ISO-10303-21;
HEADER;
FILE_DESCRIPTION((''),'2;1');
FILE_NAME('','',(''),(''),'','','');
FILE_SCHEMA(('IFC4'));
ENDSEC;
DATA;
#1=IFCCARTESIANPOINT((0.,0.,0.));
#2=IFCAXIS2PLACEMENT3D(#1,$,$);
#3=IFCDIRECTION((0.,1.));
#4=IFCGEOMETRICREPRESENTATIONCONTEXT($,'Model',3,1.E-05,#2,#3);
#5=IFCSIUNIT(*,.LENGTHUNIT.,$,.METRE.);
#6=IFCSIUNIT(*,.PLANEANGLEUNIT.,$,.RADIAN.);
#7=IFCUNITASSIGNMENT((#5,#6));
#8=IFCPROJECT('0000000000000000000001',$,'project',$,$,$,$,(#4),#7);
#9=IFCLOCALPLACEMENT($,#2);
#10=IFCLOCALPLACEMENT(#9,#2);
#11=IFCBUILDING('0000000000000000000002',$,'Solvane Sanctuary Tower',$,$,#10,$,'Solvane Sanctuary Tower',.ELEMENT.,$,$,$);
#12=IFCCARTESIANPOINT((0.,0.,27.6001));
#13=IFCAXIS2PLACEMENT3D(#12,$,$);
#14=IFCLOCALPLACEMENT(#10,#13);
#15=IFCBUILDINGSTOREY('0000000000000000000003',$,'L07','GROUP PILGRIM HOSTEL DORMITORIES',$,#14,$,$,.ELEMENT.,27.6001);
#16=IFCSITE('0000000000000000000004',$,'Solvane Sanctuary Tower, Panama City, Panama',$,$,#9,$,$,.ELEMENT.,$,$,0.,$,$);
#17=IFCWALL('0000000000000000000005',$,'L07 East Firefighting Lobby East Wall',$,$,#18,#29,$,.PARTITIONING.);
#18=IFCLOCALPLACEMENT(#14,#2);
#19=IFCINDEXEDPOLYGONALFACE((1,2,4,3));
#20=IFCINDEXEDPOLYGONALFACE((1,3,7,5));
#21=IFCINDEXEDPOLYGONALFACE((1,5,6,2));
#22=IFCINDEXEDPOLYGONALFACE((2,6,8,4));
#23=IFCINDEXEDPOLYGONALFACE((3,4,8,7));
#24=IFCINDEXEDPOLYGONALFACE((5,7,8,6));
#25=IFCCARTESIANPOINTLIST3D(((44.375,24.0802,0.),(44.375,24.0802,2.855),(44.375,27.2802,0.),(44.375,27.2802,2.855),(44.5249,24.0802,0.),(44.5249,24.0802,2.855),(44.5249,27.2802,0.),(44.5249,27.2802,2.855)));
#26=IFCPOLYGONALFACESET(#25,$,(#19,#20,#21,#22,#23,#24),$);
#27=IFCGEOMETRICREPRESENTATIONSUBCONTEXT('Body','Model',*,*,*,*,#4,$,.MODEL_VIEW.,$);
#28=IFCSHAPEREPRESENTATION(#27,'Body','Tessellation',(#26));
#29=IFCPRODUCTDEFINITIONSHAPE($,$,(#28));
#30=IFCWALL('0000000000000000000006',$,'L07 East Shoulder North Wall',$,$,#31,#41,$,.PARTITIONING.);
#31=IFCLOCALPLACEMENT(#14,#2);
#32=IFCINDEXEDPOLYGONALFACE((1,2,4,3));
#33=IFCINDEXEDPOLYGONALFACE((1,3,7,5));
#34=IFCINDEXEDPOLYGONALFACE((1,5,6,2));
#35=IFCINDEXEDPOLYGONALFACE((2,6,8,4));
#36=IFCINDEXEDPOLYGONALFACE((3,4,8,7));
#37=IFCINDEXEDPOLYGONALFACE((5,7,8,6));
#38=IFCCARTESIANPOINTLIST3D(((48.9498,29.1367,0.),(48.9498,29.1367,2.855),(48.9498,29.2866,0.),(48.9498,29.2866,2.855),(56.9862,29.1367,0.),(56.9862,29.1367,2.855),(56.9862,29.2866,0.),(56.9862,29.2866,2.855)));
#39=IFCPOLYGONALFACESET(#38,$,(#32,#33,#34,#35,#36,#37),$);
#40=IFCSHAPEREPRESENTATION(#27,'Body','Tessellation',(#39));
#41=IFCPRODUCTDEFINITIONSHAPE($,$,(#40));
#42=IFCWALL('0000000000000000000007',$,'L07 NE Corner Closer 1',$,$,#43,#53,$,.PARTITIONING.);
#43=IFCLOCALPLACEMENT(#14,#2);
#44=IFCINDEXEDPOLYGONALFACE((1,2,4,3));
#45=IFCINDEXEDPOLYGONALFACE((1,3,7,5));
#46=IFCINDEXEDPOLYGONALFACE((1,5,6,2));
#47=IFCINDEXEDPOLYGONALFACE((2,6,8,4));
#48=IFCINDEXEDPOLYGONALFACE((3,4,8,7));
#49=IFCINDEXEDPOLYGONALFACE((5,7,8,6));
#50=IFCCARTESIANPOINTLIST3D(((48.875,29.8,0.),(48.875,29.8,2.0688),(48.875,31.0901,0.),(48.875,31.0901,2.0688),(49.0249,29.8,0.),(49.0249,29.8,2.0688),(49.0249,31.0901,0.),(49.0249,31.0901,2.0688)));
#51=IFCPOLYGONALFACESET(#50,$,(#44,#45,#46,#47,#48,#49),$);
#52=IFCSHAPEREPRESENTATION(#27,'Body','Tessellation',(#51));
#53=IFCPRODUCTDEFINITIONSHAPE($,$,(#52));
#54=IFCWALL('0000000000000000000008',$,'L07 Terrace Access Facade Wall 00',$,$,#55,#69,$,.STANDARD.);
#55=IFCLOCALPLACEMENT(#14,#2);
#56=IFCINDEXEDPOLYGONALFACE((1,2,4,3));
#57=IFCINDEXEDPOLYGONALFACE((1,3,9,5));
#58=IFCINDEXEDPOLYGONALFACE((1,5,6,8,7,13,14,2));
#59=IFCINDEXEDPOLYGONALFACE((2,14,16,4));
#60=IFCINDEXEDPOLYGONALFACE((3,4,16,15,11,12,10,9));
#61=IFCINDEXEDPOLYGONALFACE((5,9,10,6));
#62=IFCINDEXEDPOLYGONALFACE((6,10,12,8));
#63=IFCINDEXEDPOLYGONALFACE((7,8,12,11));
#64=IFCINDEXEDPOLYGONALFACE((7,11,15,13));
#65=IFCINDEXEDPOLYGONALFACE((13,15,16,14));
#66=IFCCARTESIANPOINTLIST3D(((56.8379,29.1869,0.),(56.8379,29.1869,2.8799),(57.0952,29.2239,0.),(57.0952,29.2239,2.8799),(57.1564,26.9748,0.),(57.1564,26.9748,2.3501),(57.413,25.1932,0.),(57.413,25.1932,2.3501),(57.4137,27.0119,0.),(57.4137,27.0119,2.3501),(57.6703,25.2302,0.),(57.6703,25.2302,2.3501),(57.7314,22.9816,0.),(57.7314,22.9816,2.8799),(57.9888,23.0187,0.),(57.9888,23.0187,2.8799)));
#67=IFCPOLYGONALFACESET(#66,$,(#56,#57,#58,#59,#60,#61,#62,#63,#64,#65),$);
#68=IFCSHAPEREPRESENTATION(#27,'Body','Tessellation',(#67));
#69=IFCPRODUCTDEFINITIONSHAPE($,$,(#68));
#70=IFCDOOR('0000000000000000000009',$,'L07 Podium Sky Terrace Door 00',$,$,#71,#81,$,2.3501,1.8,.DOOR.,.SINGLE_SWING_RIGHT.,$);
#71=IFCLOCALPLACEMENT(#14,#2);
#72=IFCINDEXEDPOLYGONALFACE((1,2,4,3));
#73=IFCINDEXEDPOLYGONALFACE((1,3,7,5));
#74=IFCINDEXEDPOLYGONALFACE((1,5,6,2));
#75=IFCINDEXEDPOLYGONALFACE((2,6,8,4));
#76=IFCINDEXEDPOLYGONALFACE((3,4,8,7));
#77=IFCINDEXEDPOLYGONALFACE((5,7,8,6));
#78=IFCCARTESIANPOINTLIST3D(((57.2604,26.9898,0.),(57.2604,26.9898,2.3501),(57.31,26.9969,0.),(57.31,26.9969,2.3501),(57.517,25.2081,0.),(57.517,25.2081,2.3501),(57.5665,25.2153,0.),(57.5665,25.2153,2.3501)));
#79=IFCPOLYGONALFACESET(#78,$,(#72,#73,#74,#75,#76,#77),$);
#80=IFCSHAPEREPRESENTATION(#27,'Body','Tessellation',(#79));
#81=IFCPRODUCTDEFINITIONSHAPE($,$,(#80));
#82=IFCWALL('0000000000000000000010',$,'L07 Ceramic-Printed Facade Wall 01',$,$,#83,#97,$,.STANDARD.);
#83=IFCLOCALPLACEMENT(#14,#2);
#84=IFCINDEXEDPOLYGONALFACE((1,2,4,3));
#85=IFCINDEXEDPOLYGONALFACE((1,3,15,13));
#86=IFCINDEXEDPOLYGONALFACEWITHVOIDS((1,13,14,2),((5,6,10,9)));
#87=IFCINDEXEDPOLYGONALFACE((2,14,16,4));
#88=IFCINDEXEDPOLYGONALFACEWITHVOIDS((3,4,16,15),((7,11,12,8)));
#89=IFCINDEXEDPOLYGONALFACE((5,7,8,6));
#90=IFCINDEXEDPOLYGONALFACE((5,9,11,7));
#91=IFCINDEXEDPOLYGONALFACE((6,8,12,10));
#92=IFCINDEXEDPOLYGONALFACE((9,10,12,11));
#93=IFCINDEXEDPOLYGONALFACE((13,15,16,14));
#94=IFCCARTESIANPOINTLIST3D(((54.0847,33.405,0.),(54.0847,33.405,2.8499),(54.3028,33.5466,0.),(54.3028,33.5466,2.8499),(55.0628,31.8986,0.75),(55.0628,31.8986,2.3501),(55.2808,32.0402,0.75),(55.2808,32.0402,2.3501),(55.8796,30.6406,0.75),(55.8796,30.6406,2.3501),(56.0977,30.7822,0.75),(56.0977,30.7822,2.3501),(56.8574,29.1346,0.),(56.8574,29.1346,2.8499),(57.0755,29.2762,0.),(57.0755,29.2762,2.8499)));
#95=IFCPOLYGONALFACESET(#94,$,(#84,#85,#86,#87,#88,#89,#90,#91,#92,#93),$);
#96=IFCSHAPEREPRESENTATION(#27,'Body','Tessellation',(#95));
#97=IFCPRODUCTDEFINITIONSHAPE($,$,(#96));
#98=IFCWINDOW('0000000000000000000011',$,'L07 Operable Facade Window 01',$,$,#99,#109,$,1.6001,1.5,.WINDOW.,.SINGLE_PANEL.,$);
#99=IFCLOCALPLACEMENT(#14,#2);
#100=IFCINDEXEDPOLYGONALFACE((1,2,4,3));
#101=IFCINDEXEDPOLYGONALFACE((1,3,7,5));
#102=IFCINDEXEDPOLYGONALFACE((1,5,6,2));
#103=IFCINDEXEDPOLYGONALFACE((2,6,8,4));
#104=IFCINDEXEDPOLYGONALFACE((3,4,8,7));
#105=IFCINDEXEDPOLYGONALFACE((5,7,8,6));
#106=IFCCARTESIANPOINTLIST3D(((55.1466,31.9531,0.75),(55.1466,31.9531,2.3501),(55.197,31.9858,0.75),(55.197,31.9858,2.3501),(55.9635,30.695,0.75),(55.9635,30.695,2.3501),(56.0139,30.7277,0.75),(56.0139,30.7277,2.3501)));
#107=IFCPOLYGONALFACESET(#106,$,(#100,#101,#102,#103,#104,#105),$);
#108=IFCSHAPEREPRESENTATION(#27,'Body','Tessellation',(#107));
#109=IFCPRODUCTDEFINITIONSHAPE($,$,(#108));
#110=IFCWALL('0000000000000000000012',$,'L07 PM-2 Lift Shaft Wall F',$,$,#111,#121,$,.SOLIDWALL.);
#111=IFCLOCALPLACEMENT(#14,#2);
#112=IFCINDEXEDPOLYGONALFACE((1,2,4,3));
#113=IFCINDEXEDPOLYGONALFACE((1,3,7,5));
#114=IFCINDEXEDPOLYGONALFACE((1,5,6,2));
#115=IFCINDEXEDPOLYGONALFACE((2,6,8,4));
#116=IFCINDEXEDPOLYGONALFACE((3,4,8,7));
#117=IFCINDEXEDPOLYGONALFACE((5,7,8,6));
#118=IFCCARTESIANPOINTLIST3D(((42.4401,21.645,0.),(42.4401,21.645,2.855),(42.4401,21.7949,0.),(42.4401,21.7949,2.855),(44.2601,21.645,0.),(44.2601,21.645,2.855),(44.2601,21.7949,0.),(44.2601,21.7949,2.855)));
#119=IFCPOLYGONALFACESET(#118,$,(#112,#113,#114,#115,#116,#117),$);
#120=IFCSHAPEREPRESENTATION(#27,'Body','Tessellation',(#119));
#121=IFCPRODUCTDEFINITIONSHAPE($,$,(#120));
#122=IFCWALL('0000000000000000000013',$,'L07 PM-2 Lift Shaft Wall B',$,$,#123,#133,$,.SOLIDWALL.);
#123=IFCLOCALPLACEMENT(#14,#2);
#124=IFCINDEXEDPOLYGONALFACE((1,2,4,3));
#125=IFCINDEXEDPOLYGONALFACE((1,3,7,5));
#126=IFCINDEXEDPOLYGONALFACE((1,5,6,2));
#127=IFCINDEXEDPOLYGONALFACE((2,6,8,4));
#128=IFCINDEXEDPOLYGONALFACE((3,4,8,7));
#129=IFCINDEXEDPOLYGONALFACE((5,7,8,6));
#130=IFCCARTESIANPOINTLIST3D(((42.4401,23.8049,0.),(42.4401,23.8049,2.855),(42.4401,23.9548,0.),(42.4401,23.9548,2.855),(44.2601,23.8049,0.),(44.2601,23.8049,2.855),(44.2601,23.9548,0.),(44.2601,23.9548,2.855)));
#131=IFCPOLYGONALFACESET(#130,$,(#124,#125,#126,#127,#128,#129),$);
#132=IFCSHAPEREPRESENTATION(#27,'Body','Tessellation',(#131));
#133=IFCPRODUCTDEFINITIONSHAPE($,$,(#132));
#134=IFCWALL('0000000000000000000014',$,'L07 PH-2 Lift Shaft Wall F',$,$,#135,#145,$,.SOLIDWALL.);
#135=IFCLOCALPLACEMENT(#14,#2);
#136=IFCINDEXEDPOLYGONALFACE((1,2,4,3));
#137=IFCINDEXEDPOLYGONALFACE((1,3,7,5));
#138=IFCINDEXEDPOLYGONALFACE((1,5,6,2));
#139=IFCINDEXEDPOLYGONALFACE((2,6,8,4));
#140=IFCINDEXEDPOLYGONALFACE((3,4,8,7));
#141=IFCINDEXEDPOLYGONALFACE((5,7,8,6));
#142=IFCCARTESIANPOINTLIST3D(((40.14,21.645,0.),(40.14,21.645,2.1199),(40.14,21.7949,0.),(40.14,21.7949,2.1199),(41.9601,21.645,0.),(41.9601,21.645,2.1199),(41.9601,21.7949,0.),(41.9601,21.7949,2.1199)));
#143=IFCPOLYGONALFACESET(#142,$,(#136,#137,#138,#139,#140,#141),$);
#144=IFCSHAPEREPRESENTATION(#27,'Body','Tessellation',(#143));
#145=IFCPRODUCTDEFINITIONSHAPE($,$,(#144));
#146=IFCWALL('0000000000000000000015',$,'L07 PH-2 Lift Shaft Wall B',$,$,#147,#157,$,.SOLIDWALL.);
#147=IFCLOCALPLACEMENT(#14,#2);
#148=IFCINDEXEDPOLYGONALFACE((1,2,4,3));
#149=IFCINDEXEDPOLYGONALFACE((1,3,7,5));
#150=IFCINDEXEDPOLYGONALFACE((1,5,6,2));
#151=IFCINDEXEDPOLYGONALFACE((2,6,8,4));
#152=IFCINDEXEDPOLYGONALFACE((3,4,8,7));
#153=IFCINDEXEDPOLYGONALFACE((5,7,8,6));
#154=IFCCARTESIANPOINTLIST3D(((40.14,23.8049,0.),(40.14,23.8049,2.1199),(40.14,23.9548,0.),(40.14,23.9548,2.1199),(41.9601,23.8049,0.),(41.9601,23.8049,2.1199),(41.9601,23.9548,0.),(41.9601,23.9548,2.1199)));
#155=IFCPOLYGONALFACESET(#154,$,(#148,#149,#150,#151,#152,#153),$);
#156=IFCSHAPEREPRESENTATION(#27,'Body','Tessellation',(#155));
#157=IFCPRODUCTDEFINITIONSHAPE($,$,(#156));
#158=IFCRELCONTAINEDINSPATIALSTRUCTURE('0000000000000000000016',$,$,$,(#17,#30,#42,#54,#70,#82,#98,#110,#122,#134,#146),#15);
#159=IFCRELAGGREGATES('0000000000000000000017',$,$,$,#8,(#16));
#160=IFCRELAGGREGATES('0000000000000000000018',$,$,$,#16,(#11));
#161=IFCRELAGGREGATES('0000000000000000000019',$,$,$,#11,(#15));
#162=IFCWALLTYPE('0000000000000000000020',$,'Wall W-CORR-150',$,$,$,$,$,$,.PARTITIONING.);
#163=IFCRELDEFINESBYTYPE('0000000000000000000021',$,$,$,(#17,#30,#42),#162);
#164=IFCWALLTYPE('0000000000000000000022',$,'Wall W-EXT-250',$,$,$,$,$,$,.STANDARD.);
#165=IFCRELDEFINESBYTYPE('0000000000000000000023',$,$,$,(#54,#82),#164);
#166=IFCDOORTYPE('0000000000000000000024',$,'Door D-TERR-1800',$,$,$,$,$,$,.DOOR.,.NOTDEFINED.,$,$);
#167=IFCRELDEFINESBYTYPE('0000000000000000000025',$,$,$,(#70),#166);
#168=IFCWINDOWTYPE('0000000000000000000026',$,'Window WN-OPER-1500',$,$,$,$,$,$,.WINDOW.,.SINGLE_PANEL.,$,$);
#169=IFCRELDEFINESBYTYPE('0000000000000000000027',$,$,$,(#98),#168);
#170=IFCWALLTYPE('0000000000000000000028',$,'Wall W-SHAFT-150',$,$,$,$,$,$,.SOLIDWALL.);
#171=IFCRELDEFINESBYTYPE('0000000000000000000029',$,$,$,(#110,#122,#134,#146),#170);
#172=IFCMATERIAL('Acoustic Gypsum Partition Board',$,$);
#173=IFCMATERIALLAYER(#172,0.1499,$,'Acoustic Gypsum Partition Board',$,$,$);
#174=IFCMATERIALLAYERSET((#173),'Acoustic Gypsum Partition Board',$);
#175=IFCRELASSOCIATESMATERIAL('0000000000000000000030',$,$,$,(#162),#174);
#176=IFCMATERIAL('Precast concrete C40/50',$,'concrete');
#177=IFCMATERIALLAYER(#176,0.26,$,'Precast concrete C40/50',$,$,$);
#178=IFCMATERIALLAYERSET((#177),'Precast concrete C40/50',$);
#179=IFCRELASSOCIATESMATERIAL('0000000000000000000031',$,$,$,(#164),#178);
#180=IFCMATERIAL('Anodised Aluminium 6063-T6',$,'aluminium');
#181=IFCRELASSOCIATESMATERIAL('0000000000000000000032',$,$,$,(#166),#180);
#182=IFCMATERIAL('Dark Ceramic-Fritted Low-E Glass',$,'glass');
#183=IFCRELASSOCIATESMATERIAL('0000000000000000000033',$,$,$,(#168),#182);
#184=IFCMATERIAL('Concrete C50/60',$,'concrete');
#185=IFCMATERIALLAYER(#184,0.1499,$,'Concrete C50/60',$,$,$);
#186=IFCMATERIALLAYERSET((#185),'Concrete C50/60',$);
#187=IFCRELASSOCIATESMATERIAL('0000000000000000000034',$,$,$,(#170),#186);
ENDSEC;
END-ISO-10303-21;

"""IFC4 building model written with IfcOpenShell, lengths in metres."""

from ifc_helpers import new_model, si_unit, direction, frame, frame_2d, origin, place, context, subcontext, project, spatial, rectangle, extrude, material, layer, layer_set, type_object, element, fill, save


model = new_model("IFC4")

# Units and contexts
model_context = context("Model", 3, precision=1e-05, world=origin(), true_north=direction((0.0, 1.0)))
body_context = subcontext(model_context, "Body", "Model", "MODEL_VIEW")
ifc_project = project(units=[si_unit("LENGTHUNIT", "METRE"), si_unit("PLANEANGLEUNIT", "RADIAN")], contexts=[model_context])

# Site, building, storey
site_placement = place(None, origin())
site = spatial("IfcSite", under=ifc_project, at=site_placement, Name="Solvane Sanctuary Tower, Panama City, Panama", CompositionType="ELEMENT", RefElevation=0.0)
building_placement = place(site_placement, origin())
building = spatial("IfcBuilding", under=site, at=building_placement, Name="Solvane Sanctuary Tower", LongName="Solvane Sanctuary Tower", CompositionType="ELEMENT")
storey_placement = place(building_placement, frame((0.0, 0.0, 27.6001)))
storey = spatial("IfcBuildingStorey", under=building, at=storey_placement, Name="L07", Description="GROUP PILGRIM HOSTEL DORMITORIES", CompositionType="ELEMENT", Elevation=27.6001)

# Walls
ifc_material_1 = material(Name="Acoustic Gypsum Partition Board")
ifc_layer_1 = layer(ifc_material_1, 0.1499, Name="Acoustic Gypsum Partition Board")
ifc_layer_set_1 = layer_set([ifc_layer_1], Name="Acoustic Gypsum Partition Board")
wall_type_1 = type_object("IfcWallType", Name="Wall W-CORR-150", PredefinedType="PARTITIONING", material=ifc_layer_set_1)
wall_1_placement = place(storey_placement, frame((44.45, 24.0801, 0.0), z_axis=(0.0, 0.0, 1.0), x_axis=(0.0, 1.0, 0.0)))
element("IfcWall", 1, at=wall_1_placement, inside=storey, type_object=wall_type_1, Name="L07 East Firefighting Lobby East Wall", PredefinedType="PARTITIONING", context=body_context, shape_type="SweptSolid", body=[
    extrude(rectangle(XDim=3.2, YDim=0.1499, at=frame_2d((1.6001, 0.0))), origin(), (0.0, 0.0, 1.0), 2.855),
])
wall_2_placement = place(storey_placement, frame((48.95, 29.2117, 0.0), z_axis=(0.0, 0.0, 1.0), x_axis=(1.0, 0.0, 0.0)))
element("IfcWall", 2, at=wall_2_placement, inside=storey, type_object=wall_type_1, Name="L07 East Shoulder North Wall", PredefinedType="PARTITIONING", context=body_context, shape_type="SweptSolid", body=[
    extrude(rectangle(XDim=8.0364, YDim=0.1499, at=frame_2d((4.0181, 0.0))), origin(), (0.0, 0.0, 1.0), 2.855),
])
wall_3_placement = place(storey_placement, frame((48.95, 29.8, 0.0), z_axis=(0.0, 0.0, 1.0), x_axis=(0.0, 1.0, 0.0)))
element("IfcWall", 3, at=wall_3_placement, inside=storey, type_object=wall_type_1, Name="L07 NE Corner Closer 1", PredefinedType="PARTITIONING", context=body_context, shape_type="SweptSolid", body=[
    extrude(rectangle(XDim=1.29, YDim=0.1499, at=frame_2d((0.645, 0.0))), origin(), (0.0, 0.0, 1.0), 2.0688),
])

# Wall, opening, door
ifc_material_2 = material(Name="Precast concrete C40/50", Category="concrete")
ifc_layer_2 = layer(ifc_material_2, 0.26, Name="Precast concrete C40/50")
ifc_layer_set_2 = layer_set([ifc_layer_2], Name="Precast concrete C40/50")
wall_type_2 = type_object("IfcWallType", Name="Wall W-EXT-250", PredefinedType="STANDARD", material=ifc_layer_set_2)
wall_4_placement = place(storey_placement, frame((57.8601, 23.0, 0.0), z_axis=(0.0, 0.0, 1.0), x_axis=(-0.142528, 0.989791, 0.0)))
wall_4 = element("IfcWall", 4, at=wall_4_placement, inside=storey, type_object=wall_type_2, Name="L07 Terrace Access Facade Wall 00", PredefinedType="STANDARD", context=body_context, shape_type="SweptSolid", body=[
    extrude(rectangle(XDim=6.2693, YDim=0.26, at=frame_2d((3.1348, 0.0))), origin(), (0.0, 0.0, 1.0), 2.8799),
])
opening_1_placement = place(wall_4_placement, frame((2.2346, 0.0, 0.0)))
opening_1 = element("IfcOpeningElement", 5, at=opening_1_placement, cuts=wall_4, PredefinedType="OPENING", context=body_context, shape_type="SweptSolid", body=[
    extrude(rectangle(XDim=1.8, YDim=2.3501, at=frame_2d((0.8999, 1.175))), frame((0.0, 0.1399, 0.0), z_axis=(0.0, -1.0, 0.0), x_axis=(1.0, 0.0, 0.0)), (0.0, 0.0, 1.0), 0.28),
])
ifc_material_3 = material(Name="Anodised Aluminium 6063-T6", Category="aluminium")
door_type_1 = type_object("IfcDoorType", Name="Door D-TERR-1800", OperationType="NOTDEFINED", PredefinedType="DOOR", material=ifc_material_3)
door_1_placement = place(opening_1_placement, origin())
door_1 = element("IfcDoor", 6, at=door_1_placement, inside=storey, type_object=door_type_1, Name="L07 Podium Sky Terrace Door 00", OperationType="SINGLE_SWING_RIGHT", OverallHeight=2.3501, OverallWidth=1.8, PredefinedType="DOOR", context=body_context, shape_type="SweptSolid", body=[
    extrude(rectangle(XDim=1.8, YDim=2.3501, at=frame_2d((0.8999, 1.175))), frame((0.0, 0.0249, 0.0), z_axis=(0.0, -1.0, 0.0), x_axis=(1.0, 0.0, 0.0)), (0.0, 0.0, 1.0), 0.05),
])
fill(opening_1, door_1)

# Wall, opening, window
wall_5_placement = place(storey_placement, frame((56.9666, 29.2053, 0.0), z_axis=(0.0, 0.0, 1.0), x_axis=(-0.544579, 0.83871, 0.0)))
wall_5 = element("IfcWall", 7, at=wall_5_placement, inside=storey, type_object=wall_type_2, Name="L07 Ceramic-Printed Facade Wall 01", PredefinedType="STANDARD", context=body_context, shape_type="SweptSolid", body=[
    extrude(rectangle(XDim=5.0916, YDim=0.26, at=frame_2d((2.5459, 0.0))), origin(), (0.0, 0.0, 1.0), 2.8499),
])
opening_2_placement = place(wall_5_placement, frame((1.7957, 0.0, 0.75)))
opening_2 = element("IfcOpeningElement", 8, at=opening_2_placement, cuts=wall_5, PredefinedType="OPENING", context=body_context, shape_type="SweptSolid", body=[
    extrude(rectangle(XDim=1.5, YDim=1.6001, at=frame_2d((0.75, 0.8))), frame((0.0, 0.1399, 0.0), z_axis=(0.0, -1.0, 0.0), x_axis=(1.0, 0.0, 0.0)), (0.0, 0.0, 1.0), 0.28),
])
ifc_material_4 = material(Name="Dark Ceramic-Fritted Low-E Glass", Category="glass")
window_type = type_object("IfcWindowType", Name="Window WN-OPER-1500", PartitioningType="SINGLE_PANEL", PredefinedType="WINDOW", material=ifc_material_4)
window_placement = place(opening_2_placement, origin())
window = element("IfcWindow", 9, at=window_placement, inside=storey, type_object=window_type, Name="L07 Operable Facade Window 01", OverallHeight=1.6001, OverallWidth=1.5, PartitioningType="SINGLE_PANEL", PredefinedType="WINDOW", context=body_context, shape_type="SweptSolid", body=[
    extrude(rectangle(XDim=1.5, YDim=1.6001, at=frame_2d((0.75, 0.8))), frame((0.0, 0.03, 0.0), z_axis=(0.0, -1.0, 0.0), x_axis=(1.0, 0.0, 0.0)), (0.0, 0.0, 1.0), 0.0601),
])
fill(opening_2, window)

# Walls
ifc_material_5 = material(Name="Concrete C50/60", Category="concrete")
ifc_layer_3 = layer(ifc_material_5, 0.1499, Name="Concrete C50/60")
ifc_layer_set_3 = layer_set([ifc_layer_3], Name="Concrete C50/60")
wall_type_3 = type_object("IfcWallType", Name="Wall W-SHAFT-150", PredefinedType="SOLIDWALL", material=ifc_layer_set_3)
for number, where, z_axis, x_axis, name in (
    (10, (42.4399, 21.72, 0.0), (0.0, 0.0, 1.0), (1.0, 0.0, 0.0), "L07 PM-2 Lift Shaft Wall F"),
    (11, (42.4399, 23.8799, 0.0), (0.0, 0.0, 1.0), (1.0, 0.0, 0.0), "L07 PM-2 Lift Shaft Wall B"),
):
    element("IfcWall", number, at=place(storey_placement, frame(where, z_axis=z_axis, x_axis=x_axis)), inside=storey, type_object=wall_type_3, Name=name, PredefinedType="SOLIDWALL", context=body_context, shape_type="SweptSolid", body=[
        extrude(rectangle(XDim=1.8201, YDim=0.1499, at=frame_2d((0.9102, 0.0))), origin(), (0.0, 0.0, 1.0), 2.855),
    ])
for number, where, z_axis, x_axis, name in (
    (12, (40.1399, 21.72, 0.0), (0.0, 0.0, 1.0), (1.0, 0.0, 0.0), "L07 PH-2 Lift Shaft Wall F"),
    (13, (40.1399, 23.8799, 0.0), (0.0, 0.0, 1.0), (1.0, 0.0, 0.0), "L07 PH-2 Lift Shaft Wall B"),
):
    element("IfcWall", number, at=place(storey_placement, frame(where, z_axis=z_axis, x_axis=x_axis)), inside=storey, type_object=wall_type_3, Name=name, PredefinedType="SOLIDWALL", context=body_context, shape_type="SweptSolid", body=[
        extrude(rectangle(XDim=1.8201, YDim=0.1499, at=frame_2d((0.9102, 0.0))), origin(), (0.0, 0.0, 1.0), 2.1199),
    ])

save(model, "model.ifc")
